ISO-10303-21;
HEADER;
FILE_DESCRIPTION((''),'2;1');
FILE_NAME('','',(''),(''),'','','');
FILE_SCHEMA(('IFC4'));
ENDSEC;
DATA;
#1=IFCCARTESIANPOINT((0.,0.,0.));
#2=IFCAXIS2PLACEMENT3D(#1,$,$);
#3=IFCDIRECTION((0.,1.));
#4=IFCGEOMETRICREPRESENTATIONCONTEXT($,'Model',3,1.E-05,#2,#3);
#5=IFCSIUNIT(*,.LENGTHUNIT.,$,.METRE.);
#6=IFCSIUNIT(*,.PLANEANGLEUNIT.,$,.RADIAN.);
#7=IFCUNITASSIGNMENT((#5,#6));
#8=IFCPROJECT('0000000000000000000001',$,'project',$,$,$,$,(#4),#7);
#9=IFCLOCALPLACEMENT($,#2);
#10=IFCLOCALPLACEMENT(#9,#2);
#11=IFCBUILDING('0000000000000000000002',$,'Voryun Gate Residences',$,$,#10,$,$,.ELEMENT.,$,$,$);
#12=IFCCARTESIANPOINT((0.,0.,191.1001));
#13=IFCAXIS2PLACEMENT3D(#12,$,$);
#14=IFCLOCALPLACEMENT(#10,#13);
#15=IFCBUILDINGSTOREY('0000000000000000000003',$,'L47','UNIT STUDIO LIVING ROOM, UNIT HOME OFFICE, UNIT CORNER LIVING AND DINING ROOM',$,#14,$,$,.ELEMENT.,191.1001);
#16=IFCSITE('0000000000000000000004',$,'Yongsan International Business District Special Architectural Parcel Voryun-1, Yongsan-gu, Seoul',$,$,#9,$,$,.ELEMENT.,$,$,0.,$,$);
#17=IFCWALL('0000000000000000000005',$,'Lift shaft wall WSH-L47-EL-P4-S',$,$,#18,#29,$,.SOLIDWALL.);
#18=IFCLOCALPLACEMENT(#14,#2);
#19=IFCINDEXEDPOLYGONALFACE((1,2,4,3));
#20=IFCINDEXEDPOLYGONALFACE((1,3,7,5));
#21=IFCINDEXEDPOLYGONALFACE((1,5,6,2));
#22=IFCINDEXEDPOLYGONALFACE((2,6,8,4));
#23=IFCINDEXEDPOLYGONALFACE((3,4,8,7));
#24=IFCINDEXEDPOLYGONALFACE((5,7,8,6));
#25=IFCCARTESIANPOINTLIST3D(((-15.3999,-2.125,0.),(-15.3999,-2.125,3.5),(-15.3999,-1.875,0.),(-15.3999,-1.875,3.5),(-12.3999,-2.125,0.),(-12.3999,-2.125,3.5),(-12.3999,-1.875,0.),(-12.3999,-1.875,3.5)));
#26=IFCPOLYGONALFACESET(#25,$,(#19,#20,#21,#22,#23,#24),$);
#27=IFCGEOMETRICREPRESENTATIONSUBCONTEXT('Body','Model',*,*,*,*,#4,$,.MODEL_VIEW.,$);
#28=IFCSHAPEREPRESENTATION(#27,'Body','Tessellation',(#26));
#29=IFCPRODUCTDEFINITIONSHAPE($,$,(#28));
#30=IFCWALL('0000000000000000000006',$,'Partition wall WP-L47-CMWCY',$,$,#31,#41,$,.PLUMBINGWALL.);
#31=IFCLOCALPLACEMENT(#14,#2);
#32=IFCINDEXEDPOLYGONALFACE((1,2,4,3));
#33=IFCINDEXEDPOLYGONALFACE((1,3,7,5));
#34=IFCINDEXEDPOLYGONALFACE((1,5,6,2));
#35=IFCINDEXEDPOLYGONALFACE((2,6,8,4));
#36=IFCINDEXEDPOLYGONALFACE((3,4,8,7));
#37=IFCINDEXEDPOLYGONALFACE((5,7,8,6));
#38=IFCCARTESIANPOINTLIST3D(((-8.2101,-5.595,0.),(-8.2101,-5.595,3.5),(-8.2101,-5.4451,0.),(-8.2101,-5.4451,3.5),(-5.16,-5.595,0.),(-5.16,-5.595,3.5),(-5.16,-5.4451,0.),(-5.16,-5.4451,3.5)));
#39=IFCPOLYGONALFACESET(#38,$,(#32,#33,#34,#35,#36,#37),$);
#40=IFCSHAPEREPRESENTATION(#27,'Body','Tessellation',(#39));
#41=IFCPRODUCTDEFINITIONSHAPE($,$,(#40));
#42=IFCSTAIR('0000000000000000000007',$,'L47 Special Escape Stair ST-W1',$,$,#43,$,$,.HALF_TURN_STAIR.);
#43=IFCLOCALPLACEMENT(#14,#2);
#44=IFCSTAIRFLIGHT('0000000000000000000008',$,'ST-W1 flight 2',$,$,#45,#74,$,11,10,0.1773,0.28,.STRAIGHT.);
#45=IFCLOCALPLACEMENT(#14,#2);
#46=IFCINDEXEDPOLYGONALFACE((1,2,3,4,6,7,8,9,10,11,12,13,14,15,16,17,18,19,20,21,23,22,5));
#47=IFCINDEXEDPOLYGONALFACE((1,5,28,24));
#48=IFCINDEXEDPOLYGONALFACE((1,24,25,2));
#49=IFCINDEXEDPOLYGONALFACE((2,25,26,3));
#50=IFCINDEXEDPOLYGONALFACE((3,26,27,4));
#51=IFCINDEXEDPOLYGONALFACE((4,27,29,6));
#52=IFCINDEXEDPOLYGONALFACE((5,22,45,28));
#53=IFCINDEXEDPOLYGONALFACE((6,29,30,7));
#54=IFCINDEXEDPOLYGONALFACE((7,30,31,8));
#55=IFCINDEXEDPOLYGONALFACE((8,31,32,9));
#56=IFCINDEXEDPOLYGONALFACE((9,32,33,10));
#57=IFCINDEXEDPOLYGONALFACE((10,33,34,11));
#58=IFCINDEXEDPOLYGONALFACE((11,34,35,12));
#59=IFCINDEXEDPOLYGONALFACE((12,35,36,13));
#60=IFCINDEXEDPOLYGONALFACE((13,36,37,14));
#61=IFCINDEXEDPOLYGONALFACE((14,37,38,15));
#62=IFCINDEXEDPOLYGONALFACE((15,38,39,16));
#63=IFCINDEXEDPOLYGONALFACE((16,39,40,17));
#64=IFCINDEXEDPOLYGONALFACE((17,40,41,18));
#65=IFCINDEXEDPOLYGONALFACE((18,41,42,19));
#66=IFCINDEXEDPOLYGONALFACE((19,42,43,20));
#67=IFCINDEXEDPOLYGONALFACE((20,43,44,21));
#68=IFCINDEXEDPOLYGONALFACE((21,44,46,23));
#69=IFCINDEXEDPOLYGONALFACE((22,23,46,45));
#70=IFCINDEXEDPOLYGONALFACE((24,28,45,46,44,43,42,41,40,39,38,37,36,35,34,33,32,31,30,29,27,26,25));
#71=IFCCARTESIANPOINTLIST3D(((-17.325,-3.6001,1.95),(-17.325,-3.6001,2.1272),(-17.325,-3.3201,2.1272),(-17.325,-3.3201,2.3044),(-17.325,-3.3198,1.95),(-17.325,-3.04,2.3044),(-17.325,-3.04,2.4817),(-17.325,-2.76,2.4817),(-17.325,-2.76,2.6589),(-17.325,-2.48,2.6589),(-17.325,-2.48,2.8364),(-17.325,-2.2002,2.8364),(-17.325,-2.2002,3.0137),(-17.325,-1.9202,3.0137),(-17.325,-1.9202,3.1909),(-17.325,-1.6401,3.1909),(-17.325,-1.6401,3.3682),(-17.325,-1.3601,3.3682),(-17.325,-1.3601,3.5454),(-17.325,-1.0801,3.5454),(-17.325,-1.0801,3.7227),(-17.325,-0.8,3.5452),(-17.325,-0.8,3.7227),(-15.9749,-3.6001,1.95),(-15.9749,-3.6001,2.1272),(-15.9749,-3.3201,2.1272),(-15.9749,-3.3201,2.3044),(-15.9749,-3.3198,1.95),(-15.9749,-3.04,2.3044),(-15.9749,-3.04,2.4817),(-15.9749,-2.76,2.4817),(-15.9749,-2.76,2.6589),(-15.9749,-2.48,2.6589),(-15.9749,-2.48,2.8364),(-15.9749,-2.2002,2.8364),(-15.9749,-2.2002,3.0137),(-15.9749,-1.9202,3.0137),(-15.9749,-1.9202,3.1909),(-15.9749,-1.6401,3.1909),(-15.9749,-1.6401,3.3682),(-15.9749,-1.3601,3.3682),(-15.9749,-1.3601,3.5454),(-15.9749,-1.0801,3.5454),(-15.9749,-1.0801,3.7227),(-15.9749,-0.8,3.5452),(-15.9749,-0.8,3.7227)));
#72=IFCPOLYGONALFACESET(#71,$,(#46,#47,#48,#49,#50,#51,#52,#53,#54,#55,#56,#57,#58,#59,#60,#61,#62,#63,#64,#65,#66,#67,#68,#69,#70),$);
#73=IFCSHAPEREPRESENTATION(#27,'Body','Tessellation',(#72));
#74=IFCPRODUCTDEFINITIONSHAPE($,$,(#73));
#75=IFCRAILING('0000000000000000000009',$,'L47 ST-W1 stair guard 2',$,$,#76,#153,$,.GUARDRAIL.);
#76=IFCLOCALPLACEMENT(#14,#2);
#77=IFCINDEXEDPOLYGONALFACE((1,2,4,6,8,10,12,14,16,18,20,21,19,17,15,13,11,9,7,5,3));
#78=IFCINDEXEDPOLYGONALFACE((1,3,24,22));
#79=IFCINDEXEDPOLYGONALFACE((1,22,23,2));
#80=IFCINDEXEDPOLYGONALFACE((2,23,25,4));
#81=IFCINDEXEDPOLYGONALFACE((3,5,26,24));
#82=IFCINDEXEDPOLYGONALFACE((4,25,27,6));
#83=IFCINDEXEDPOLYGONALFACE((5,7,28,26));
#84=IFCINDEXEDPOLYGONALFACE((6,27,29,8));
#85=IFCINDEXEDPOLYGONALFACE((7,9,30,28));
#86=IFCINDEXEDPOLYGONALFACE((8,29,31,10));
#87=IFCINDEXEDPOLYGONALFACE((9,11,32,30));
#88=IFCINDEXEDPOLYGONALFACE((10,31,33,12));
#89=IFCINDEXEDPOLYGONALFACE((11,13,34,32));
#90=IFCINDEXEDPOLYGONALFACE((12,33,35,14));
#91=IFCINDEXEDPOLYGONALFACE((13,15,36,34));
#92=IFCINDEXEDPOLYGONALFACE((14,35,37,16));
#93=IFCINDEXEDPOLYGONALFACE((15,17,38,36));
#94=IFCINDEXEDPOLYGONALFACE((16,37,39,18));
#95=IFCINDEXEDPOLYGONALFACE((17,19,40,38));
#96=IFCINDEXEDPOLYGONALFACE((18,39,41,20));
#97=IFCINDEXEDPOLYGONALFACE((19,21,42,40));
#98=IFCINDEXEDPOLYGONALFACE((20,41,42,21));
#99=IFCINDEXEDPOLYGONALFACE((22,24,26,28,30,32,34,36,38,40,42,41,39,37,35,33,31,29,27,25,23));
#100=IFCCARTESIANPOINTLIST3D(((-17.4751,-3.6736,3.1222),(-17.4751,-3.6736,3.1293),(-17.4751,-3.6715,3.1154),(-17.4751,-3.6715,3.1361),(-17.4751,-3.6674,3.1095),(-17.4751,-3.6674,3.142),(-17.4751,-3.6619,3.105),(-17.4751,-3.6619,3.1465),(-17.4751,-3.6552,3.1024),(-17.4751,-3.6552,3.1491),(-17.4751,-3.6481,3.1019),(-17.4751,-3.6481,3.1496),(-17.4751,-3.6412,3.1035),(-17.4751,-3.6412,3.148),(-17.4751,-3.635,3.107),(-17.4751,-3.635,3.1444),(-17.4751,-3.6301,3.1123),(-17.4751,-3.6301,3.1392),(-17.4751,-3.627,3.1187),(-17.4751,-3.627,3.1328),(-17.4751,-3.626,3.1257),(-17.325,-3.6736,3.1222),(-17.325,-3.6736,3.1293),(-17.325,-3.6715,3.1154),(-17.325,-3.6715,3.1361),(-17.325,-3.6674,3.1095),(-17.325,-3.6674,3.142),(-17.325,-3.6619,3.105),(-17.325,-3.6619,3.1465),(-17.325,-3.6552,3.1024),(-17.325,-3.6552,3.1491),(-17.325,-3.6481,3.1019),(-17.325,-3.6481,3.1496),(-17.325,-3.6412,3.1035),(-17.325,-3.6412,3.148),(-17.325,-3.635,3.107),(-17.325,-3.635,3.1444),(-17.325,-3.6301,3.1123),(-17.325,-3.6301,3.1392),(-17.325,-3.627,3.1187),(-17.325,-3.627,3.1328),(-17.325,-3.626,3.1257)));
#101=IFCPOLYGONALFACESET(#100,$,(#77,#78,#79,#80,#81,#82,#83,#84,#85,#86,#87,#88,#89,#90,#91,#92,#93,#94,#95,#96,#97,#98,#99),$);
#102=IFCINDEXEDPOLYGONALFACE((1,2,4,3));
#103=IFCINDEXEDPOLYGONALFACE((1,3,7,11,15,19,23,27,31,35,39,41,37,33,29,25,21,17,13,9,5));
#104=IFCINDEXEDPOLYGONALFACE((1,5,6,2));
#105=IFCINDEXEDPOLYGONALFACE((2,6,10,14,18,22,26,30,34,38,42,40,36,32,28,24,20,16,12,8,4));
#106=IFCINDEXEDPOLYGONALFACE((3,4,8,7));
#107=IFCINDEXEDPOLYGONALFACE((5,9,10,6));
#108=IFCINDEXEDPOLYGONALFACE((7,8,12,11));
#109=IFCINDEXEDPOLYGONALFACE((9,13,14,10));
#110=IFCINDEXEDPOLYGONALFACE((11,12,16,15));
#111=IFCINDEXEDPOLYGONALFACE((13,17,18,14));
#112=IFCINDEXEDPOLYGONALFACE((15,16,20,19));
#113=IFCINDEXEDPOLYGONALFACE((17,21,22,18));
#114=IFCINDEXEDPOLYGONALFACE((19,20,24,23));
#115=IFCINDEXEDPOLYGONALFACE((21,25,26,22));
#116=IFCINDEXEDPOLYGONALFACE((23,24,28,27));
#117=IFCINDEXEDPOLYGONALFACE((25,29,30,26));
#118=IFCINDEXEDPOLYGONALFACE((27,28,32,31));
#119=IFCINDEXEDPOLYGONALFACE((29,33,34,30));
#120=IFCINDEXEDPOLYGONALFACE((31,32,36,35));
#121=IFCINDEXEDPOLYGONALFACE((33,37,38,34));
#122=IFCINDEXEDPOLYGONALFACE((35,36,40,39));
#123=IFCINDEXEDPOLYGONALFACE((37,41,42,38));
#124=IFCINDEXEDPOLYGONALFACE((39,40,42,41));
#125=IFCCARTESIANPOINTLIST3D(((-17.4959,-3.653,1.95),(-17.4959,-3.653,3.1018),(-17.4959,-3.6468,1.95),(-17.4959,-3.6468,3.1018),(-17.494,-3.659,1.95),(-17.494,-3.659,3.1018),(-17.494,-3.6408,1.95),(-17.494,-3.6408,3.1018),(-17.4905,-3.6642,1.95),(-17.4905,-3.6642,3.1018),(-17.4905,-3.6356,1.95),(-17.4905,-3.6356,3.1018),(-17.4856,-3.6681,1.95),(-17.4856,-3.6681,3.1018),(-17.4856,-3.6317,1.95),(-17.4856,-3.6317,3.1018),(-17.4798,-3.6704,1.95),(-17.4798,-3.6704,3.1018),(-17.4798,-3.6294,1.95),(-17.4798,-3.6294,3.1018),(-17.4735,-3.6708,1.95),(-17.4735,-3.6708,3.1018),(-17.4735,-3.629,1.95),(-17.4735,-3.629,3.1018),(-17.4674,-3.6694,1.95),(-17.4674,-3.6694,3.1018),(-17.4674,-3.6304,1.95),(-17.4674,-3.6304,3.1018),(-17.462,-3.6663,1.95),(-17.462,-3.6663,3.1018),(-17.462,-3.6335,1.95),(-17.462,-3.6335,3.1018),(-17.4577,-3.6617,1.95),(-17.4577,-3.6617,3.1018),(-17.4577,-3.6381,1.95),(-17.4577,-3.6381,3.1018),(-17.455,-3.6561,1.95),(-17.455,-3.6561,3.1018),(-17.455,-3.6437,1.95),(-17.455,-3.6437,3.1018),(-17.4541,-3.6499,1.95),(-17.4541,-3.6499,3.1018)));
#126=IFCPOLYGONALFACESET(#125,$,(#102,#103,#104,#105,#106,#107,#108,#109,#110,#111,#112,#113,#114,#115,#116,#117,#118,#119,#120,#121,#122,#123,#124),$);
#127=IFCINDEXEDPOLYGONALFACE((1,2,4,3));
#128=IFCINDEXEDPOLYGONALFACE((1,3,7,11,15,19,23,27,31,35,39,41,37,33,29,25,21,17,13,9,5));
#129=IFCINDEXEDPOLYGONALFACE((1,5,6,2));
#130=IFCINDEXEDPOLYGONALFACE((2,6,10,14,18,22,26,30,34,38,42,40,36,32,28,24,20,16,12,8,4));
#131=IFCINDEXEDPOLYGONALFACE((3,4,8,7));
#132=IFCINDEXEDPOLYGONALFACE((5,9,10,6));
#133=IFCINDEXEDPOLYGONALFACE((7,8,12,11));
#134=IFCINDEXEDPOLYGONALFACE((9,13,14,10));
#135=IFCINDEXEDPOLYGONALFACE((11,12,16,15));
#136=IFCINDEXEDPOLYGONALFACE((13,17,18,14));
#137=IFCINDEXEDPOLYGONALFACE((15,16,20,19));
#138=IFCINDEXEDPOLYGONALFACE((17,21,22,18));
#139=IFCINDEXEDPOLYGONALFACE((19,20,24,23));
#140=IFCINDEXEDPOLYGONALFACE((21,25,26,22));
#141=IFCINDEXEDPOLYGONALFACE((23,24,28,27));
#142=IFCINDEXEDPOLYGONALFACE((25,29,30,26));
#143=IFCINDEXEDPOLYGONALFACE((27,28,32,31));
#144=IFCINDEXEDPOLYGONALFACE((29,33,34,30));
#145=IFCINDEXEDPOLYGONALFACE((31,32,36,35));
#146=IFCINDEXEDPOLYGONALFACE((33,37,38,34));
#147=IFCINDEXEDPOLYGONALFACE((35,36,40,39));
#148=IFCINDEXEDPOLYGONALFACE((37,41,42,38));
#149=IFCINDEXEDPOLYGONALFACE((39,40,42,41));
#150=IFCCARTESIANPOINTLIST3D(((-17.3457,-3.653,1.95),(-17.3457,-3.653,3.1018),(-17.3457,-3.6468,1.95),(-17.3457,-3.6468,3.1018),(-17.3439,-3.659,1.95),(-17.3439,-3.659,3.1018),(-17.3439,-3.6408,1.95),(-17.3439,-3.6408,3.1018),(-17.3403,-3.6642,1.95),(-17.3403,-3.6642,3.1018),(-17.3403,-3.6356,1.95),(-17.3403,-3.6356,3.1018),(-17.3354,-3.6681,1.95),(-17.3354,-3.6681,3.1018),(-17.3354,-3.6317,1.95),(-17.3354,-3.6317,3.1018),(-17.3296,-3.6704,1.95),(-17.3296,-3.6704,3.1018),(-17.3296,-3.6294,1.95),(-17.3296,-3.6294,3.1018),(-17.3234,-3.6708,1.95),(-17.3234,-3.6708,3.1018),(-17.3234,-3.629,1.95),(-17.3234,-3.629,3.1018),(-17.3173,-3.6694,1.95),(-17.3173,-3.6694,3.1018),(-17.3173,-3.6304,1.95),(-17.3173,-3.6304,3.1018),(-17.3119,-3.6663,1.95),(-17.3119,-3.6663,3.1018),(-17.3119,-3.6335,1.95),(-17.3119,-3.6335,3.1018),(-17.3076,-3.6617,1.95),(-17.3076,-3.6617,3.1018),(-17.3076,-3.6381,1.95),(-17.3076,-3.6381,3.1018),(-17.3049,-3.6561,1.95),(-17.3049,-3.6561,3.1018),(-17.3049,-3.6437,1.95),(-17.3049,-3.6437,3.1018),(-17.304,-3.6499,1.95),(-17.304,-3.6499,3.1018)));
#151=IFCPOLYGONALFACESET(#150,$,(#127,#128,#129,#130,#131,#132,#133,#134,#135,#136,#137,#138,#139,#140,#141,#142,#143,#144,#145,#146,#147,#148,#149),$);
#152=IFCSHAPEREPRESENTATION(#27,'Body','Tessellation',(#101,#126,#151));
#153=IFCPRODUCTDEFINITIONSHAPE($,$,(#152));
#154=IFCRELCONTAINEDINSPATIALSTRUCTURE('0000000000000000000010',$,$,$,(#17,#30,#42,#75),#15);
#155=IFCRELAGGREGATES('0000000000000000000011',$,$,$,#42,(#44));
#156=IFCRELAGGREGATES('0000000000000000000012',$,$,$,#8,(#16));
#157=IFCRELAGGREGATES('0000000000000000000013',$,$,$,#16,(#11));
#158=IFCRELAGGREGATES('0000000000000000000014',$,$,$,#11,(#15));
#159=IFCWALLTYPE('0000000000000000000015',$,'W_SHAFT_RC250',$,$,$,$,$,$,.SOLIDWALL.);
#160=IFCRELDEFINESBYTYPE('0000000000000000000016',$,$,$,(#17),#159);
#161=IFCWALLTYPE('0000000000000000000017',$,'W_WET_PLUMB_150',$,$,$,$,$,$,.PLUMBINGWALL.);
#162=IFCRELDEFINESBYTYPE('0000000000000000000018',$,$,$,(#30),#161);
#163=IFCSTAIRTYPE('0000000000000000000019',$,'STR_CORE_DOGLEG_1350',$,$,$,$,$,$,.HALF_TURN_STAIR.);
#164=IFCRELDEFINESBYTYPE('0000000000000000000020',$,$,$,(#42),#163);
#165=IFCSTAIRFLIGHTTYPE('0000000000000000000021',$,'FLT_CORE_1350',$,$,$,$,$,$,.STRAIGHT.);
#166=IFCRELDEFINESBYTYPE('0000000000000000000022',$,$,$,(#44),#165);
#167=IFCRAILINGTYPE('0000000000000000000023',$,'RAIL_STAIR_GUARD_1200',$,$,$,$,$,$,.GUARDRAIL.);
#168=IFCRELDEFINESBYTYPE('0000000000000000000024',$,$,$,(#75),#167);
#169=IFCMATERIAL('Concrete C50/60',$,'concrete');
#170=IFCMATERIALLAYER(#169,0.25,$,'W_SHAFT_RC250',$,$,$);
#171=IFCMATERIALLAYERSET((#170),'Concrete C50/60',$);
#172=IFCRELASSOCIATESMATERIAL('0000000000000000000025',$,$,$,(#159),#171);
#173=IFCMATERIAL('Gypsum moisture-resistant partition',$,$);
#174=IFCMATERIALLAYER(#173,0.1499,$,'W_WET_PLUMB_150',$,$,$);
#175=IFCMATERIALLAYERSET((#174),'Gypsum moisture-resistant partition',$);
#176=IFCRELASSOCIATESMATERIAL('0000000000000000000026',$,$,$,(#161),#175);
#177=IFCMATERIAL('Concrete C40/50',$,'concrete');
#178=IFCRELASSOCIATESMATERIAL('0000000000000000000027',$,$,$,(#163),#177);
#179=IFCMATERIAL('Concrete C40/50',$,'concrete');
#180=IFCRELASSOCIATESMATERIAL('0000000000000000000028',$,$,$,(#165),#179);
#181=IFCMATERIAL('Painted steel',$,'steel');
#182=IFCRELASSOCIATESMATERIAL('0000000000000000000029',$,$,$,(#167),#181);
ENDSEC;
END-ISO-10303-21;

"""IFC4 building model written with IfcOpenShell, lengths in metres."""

from ifc_helpers import new_model, si_unit, direction, frame, frame_2d, origin, origin_2d, place, context, subcontext, project, spatial, polyline, rectangle, circle, outline, extrude, material, layer, layer_set, type_object, element, aggregate, save


model = new_model("IFC4")

# Units and contexts
model_context = context("Model", 3, precision=1e-05, world=origin(), true_north=direction((0.0, 1.0)))
body_context = subcontext(model_context, "Body", "Model", "MODEL_VIEW")
ifc_project = project(units=[si_unit("LENGTHUNIT", "METRE"), si_unit("PLANEANGLEUNIT", "RADIAN")], contexts=[model_context])

# Site, building, storey
site_placement = place(None, origin())
site = spatial("IfcSite", under=ifc_project, at=site_placement, Name="Yongsan International Business District Special Architectural Parcel Voryun-1, Yongsan-gu, Seoul", CompositionType="ELEMENT", RefElevation=0.0)
building_placement = place(site_placement, origin())
building = spatial("IfcBuilding", under=site, at=building_placement, Name="Voryun Gate Residences", CompositionType="ELEMENT")
storey_placement = place(building_placement, frame((0.0, 0.0, 191.1001)))
storey = spatial("IfcBuildingStorey", under=building, at=storey_placement, Name="L47", Description="UNIT STUDIO LIVING ROOM, UNIT HOME OFFICE, UNIT CORNER LIVING AND DINING ROOM", CompositionType="ELEMENT", Elevation=191.1001)

# Walls
ifc_material_1 = material(Name="Concrete C50/60", Category="concrete")
ifc_layer_1 = layer(ifc_material_1, 0.25, Name="W_SHAFT_RC250")
ifc_layer_set_1 = layer_set([ifc_layer_1], Name="Concrete C50/60")
wall_type_1 = type_object("IfcWallType", Name="W_SHAFT_RC250", PredefinedType="SOLIDWALL", material=ifc_layer_set_1)
wall_1_placement = place(storey_placement, frame((-15.3999, -2.0, 0.0), z_axis=(0.0, 0.0, 1.0), x_axis=(1.0, 0.0, 0.0)))
element("IfcWall", 1, at=wall_1_placement, inside=storey, type_object=wall_type_1, Name="Lift shaft wall WSH-L47-EL-P4-S", PredefinedType="SOLIDWALL", context=body_context, shape_type="SweptSolid", body=[
    extrude(rectangle(XDim=3.0, YDim=0.25, at=frame_2d((1.5, 0.0))), origin(), (0.0, 0.0, 1.0), 3.5),
])
ifc_material_2 = material(Name="Gypsum moisture-resistant partition")
ifc_layer_2 = layer(ifc_material_2, 0.1499, Name="W_WET_PLUMB_150")
ifc_layer_set_2 = layer_set([ifc_layer_2], Name="Gypsum moisture-resistant partition")
wall_type_2 = type_object("IfcWallType", Name="W_WET_PLUMB_150", PredefinedType="PLUMBINGWALL", material=ifc_layer_set_2)
wall_2_placement = place(storey_placement, frame((-8.21, -5.52, 0.0), z_axis=(0.0, 0.0, 1.0), x_axis=(1.0, 0.0, 0.0)))
element("IfcWall", 2, at=wall_2_placement, inside=storey, type_object=wall_type_2, Name="Partition wall WP-L47-CMWCY", PredefinedType="PLUMBINGWALL", context=body_context, shape_type="SweptSolid", body=[
    extrude(rectangle(XDim=3.05, YDim=0.1499, at=frame_2d((1.5249, 0.0))), origin(), (0.0, 0.0, 1.0), 3.5),
])

# Stair, stair flight
ifc_material_3 = material(Name="Concrete C40/50", Category="concrete")
stair_type = type_object("IfcStairType", Name="STR_CORE_DOGLEG_1350", PredefinedType="HALF_TURN_STAIR", material=ifc_material_3)
stair_placement = place(storey_placement, origin())
stair = element("IfcStair", 3, at=stair_placement, inside=storey, type_object=stair_type, Name="L47 Special Escape Stair ST-W1", PredefinedType="HALF_TURN_STAIR")
ifc_material_4 = material(Name="Concrete C40/50", Category="concrete")
stair_flight_type = type_object("IfcStairFlightType", Name="FLT_CORE_1350", PredefinedType="STRAIGHT", material=ifc_material_4)
stair_flight_placement = place(storey_placement, frame((-16.6499, -3.6001, 1.95), z_axis=(0.0, 0.0, 1.0), x_axis=(0.0, 1.0, 0.0)))
stair_flight = element("IfcStairFlight", 4, at=stair_flight_placement, type_object=stair_flight_type, Name="ST-W1 flight 2", NumberOfRisers=11, NumberOfTreads=10, PredefinedType="STRAIGHT", RiserHeight=0.1773, TreadLength=0.28, context=body_context, shape_type="SweptSolid", body=[
    extrude(outline(polyline([(0.0, 0.0), (0.0, 0.1772), (0.28, 0.1772), (0.28, 0.3545), (0.5601, 0.3545), (0.5601, 0.5317), (0.8401, 0.5317), (0.8401, 0.709), (1.1201, 0.709), (1.1201, 0.8865), (1.3999, 0.8865), (1.3999, 1.0637), (1.6799, 1.0637), (1.6799, 1.241), (1.96, 1.241), (1.96, 1.4182), (2.24, 1.4182), (2.24, 1.5955), (2.52, 1.5955), (2.52, 1.7727), (2.8, 1.7727), (2.8, 1.95), (2.8, 1.5952), (0.2803, 0.0), (0.0, 0.0)])), frame((0.0, 0.675, 0.0), z_axis=(0.0, -1.0, 0.0), x_axis=(1.0, 0.0, 0.0)), (0.0, 0.0, 1.0), 1.3501),
])
aggregate(stair, [stair_flight])

# Railing
ifc_material_5 = material(Name="Painted steel", Category="steel")
railing_type_1 = type_object("IfcRailingType", Name="RAIL_STAIR_GUARD_1200", PredefinedType="GUARDRAIL", material=ifc_material_5)
railing_1_placement = place(storey_placement, frame((-17.4751, -3.6499, 1.95)))
element("IfcRailing", 5, at=railing_1_placement, inside=storey, type_object=railing_type_1, Name="L47 ST-W1 stair guard 2", PredefinedType="GUARDRAIL", context=body_context, shape_type="SweptSolid", body=[
    extrude(circle(Radius=0.0239, at=origin_2d()), frame((0.0, 0.0, 1.1758), z_axis=(1.0, 0.0, 0.0), x_axis=(0.0, 1.0, 0.0)), (0.0, 0.0, 1.0), 0.1501),
    extrude(circle(Radius=0.021, at=origin_2d()), origin(), (0.0, 0.0, 1.0), 1.1519),
    extrude(circle(Radius=0.021, at=origin_2d()), frame((0.1501, 0.0, 0.0)), (0.0, 0.0, 1.0), 1.1519),
])

save(model, "model.ifc")
